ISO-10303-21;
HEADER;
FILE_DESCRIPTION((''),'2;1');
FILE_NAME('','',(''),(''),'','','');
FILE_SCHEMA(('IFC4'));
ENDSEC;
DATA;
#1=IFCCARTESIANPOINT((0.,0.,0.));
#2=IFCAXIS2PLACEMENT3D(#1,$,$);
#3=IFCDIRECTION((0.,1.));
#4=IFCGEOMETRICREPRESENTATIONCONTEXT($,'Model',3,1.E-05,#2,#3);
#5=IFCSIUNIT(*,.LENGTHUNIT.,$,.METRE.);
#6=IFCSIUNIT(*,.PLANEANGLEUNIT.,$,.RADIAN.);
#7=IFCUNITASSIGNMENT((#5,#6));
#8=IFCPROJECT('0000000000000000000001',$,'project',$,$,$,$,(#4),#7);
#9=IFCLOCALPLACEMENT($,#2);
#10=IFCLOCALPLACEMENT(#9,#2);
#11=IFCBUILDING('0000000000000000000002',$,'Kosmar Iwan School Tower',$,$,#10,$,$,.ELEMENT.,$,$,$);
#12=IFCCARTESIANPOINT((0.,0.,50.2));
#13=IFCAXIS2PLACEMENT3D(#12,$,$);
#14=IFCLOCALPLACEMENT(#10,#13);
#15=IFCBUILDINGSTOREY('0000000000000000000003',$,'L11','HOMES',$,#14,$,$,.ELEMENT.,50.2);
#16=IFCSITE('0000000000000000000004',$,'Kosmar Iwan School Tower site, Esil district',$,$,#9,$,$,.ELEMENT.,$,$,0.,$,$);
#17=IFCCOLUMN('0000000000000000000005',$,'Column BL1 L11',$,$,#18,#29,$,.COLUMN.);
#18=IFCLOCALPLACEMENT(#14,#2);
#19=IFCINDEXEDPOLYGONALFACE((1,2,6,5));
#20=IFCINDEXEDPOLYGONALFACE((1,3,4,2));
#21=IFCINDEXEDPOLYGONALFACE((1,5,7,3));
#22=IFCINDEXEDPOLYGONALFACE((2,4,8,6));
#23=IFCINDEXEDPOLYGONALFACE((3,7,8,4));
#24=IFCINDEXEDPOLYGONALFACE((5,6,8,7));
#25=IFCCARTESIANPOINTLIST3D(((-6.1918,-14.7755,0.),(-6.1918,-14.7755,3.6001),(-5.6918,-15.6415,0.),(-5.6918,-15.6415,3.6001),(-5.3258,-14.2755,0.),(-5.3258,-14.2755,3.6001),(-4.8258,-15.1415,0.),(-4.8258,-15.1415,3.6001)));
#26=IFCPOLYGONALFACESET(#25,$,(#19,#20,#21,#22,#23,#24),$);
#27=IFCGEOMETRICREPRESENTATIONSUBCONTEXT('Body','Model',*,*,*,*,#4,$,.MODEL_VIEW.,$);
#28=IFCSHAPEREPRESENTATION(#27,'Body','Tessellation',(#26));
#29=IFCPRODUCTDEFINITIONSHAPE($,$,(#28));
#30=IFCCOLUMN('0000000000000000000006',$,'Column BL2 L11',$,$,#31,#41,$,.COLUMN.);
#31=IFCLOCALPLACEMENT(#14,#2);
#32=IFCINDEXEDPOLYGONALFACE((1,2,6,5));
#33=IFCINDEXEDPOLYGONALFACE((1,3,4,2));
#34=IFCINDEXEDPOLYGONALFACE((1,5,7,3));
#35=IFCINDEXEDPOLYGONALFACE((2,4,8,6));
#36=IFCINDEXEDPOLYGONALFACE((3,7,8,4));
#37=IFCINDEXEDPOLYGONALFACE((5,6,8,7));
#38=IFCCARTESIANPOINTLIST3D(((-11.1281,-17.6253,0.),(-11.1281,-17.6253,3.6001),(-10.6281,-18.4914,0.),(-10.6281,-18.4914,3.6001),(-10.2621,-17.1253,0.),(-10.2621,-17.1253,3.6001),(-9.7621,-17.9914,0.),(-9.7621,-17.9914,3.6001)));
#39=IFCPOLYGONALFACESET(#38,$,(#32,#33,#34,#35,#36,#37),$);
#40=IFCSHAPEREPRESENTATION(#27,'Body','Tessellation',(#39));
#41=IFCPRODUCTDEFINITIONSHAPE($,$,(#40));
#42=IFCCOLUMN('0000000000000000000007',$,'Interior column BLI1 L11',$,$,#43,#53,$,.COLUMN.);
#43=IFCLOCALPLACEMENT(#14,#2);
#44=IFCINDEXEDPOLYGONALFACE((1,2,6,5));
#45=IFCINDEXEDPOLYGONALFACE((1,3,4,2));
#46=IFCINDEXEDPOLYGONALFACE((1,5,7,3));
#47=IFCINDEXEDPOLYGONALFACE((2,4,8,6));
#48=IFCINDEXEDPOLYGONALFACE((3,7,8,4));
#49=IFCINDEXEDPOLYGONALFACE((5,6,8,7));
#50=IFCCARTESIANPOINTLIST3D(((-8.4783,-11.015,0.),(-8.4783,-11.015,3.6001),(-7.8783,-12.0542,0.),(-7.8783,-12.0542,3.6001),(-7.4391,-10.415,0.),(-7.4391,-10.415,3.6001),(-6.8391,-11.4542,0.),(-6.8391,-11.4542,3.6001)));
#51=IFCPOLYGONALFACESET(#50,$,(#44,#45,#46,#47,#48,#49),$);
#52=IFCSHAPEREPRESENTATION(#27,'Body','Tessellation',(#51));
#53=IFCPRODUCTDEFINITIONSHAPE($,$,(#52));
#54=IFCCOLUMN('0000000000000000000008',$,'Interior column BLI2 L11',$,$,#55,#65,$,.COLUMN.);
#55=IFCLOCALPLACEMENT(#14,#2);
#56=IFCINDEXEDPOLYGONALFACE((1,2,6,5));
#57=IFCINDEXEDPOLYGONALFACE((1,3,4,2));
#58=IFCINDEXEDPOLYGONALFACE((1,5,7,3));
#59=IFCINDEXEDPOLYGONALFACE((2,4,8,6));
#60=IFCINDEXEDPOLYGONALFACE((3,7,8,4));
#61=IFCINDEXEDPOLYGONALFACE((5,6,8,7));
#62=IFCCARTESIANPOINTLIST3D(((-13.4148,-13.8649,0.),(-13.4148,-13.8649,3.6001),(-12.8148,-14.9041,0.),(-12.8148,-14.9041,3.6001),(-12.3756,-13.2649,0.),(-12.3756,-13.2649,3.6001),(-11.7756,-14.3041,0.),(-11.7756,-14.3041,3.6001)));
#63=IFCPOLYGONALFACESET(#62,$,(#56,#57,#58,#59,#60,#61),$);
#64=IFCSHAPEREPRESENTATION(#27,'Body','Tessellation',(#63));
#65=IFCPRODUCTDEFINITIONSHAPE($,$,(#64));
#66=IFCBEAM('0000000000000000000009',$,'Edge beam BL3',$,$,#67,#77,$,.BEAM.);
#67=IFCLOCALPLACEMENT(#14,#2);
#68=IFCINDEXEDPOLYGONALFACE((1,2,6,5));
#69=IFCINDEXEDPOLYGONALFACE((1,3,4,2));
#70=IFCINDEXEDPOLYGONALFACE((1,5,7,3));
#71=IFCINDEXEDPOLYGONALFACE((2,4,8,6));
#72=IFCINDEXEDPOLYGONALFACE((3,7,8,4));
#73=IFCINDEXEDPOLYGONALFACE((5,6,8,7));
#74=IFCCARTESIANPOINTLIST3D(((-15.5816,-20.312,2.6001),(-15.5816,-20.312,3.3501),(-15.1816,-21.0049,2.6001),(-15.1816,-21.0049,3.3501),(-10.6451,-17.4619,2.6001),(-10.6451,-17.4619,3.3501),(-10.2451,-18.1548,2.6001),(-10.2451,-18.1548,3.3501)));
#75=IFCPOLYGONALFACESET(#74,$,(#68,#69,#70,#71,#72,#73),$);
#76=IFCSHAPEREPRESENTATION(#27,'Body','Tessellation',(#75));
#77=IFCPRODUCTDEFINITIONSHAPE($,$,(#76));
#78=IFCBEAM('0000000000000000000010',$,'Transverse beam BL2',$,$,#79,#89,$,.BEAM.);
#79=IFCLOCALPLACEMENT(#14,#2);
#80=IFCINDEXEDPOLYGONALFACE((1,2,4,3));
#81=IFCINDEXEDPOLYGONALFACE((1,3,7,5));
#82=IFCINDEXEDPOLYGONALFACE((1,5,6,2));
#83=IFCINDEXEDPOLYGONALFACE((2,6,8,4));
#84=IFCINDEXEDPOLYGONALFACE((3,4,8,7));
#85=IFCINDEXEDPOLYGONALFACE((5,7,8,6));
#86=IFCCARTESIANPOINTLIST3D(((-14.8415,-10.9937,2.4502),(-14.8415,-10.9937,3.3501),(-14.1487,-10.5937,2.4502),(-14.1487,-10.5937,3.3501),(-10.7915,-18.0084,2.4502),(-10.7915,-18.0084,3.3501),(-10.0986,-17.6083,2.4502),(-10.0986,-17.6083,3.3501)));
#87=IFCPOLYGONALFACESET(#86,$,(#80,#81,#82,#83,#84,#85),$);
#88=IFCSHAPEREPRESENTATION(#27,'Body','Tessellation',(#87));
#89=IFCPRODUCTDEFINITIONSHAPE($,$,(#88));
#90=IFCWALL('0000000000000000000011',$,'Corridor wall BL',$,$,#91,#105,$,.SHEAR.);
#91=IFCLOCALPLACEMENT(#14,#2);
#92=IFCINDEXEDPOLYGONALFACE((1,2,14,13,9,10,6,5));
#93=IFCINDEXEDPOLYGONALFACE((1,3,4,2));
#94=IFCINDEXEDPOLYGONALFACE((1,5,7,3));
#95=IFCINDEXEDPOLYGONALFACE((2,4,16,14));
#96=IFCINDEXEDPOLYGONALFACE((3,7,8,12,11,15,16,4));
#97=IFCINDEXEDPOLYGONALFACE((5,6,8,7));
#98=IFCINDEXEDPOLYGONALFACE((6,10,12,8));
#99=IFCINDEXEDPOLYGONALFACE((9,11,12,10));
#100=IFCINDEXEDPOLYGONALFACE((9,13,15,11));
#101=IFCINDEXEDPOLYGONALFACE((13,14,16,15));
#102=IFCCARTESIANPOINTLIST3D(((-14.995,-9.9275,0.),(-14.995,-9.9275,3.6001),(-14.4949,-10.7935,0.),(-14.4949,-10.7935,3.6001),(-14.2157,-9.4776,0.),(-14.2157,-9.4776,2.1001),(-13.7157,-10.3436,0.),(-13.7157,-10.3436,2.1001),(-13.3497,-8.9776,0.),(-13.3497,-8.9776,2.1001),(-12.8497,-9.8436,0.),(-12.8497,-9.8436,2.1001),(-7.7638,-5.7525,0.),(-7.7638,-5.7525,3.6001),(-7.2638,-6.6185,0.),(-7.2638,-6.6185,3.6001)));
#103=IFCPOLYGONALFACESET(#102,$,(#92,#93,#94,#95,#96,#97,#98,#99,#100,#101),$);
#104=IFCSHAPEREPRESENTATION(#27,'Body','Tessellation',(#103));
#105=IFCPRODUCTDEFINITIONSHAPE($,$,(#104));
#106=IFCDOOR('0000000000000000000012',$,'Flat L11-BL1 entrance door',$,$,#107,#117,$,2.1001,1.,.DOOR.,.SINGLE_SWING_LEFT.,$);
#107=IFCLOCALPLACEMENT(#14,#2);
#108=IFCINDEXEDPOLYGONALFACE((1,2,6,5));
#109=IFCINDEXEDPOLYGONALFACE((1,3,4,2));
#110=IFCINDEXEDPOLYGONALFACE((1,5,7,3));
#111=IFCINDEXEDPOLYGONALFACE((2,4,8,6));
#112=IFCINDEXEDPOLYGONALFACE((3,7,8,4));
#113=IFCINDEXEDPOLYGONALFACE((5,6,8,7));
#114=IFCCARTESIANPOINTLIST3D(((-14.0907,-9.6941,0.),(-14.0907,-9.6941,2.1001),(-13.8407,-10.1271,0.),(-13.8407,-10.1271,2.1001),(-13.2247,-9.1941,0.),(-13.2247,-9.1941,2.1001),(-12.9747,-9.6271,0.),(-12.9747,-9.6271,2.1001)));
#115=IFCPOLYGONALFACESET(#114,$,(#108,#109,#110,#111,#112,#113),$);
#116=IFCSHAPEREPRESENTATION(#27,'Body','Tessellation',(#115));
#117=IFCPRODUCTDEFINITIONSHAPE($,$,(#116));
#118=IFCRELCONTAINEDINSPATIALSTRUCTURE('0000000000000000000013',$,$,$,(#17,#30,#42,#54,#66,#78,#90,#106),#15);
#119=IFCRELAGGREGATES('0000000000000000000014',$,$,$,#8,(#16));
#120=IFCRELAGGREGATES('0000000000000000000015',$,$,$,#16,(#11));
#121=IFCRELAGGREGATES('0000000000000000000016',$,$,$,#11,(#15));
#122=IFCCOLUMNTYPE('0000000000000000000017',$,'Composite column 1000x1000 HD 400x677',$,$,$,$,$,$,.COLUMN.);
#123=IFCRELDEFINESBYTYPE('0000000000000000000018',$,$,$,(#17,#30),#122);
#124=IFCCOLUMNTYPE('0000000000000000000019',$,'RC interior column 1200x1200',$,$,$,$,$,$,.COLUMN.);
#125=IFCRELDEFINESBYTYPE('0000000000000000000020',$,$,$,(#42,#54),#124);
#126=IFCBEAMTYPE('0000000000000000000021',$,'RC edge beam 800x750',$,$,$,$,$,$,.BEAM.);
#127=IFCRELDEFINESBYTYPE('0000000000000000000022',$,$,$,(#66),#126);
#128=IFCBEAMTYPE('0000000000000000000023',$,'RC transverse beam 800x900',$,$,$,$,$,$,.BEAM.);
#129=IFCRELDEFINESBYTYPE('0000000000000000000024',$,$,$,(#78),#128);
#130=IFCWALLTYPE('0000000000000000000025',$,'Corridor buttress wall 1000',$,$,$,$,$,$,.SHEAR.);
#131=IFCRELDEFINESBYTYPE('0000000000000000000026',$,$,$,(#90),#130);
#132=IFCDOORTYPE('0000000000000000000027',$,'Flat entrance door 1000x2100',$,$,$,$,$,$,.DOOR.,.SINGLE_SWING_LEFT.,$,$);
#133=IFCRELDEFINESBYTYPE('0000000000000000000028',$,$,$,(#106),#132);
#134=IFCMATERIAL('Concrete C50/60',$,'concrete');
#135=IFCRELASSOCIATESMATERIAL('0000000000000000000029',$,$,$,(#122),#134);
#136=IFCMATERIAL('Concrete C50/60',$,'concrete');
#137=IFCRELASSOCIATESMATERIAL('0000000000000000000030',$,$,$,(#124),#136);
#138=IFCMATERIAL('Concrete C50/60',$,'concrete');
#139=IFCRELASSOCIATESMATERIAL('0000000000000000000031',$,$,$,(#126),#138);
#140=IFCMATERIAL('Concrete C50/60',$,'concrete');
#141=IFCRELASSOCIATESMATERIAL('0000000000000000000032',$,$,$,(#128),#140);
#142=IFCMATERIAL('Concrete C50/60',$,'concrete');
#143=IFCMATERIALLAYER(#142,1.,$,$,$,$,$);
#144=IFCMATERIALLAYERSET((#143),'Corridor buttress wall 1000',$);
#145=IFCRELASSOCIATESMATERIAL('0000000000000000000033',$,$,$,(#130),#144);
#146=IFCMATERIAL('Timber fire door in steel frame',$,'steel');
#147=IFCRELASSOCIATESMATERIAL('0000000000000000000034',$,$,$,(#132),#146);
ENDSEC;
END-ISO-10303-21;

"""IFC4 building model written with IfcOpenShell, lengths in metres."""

from ifc_helpers import new_model, si_unit, direction, frame, frame_2d, origin, origin_2d, place, context, subcontext, project, spatial, rectangle, extrude, material, layer, layer_set, material_profile, profile_set, type_object, element, fill, save


model = new_model("IFC4")

# Units and contexts
model_context = context("Model", 3, precision=1e-05, world=origin(), true_north=direction((0.0, 1.0)))
body_context = subcontext(model_context, "Body", "Model", "MODEL_VIEW")
ifc_project = project(units=[si_unit("LENGTHUNIT", "METRE"), si_unit("PLANEANGLEUNIT", "RADIAN")], contexts=[model_context])

# Site, building, storey
site_placement = place(None, origin())
site = spatial("IfcSite", under=ifc_project, at=site_placement, Name="Kosmar Iwan School Tower site, Esil district", CompositionType="ELEMENT", RefElevation=0.0)
building_placement = place(site_placement, origin())
building = spatial("IfcBuilding", under=site, at=building_placement, Name="Kosmar Iwan School Tower", CompositionType="ELEMENT")
storey_placement = place(building_placement, frame((0.0, 0.0, 50.2)))
storey = spatial("IfcBuildingStorey", under=building, at=storey_placement, Name="L11", Description="HOMES", CompositionType="ELEMENT", Elevation=50.2)

# Columns
ifc_material_1 = material(Name="Concrete C50/60", Category="concrete")
ifc_material_profile_1 = material_profile(ifc_material_1, rectangle(XDim=1.0, YDim=1.0, at=origin_2d()), Name="RC 1000x1000 + HD 400x677")
ifc_profile_set_1 = profile_set([ifc_material_profile_1], Name="Concrete C50/60")
column_type_1 = type_object("IfcColumnType", Name="Composite column 1000x1000 HD 400x677", PredefinedType="COLUMN", material=ifc_profile_set_1)
for number, where, z_axis, x_axis, name in (
    (1, (-5.5088, -14.9585, 0.0), (0.0, 0.0, 1.0), (-0.866025, -0.5, 0.0), "Column BL1 L11"),
    (2, (-10.4451, -17.8083, 0.0), (0.0, 0.0, 1.0), (-0.866025, -0.5, 0.0), "Column BL2 L11"),
):
    element("IfcColumn", number, at=place(storey_placement, frame(where, z_axis=z_axis, x_axis=x_axis)), inside=storey, type_object=column_type_1, Name=name, PredefinedType="COLUMN", context=body_context, shape_type="SweptSolid", body=[
        extrude(rectangle(XDim=1.0, YDim=1.0, at=origin_2d()), origin(), (0.0, 0.0, 1.0), 3.6001),
    ])
ifc_material_2 = material(Name="Concrete C50/60", Category="concrete")
ifc_material_profile_2 = material_profile(ifc_material_2, rectangle(XDim=1.2, YDim=1.2, at=origin_2d()), Name="RC 1200x1200")
ifc_profile_set_2 = profile_set([ifc_material_profile_2], Name="Concrete C50/60")
column_type_2 = type_object("IfcColumnType", Name="RC interior column 1200x1200", PredefinedType="COLUMN", material=ifc_profile_set_2)
for number, where, z_axis, x_axis, name in (
    (3, (-7.6587, -11.2346, 0.0), (0.0, 0.0, 1.0), (-0.866025, -0.5, 0.0), "Interior column BLI1 L11"),
    (4, (-12.5952, -14.0845, 0.0), (0.0, 0.0, 1.0), (-0.866025, -0.5, 0.0), "Interior column BLI2 L11"),
):
    element("IfcColumn", number, at=place(storey_placement, frame(where, z_axis=z_axis, x_axis=x_axis)), inside=storey, type_object=column_type_2, Name=name, PredefinedType="COLUMN", context=body_context, shape_type="SweptSolid", body=[
        extrude(rectangle(XDim=1.2, YDim=1.2, at=origin_2d()), origin(), (0.0, 0.0, 1.0), 3.6001),
    ])

# Beams
ifc_material_3 = material(Name="Concrete C50/60", Category="concrete")
ifc_material_profile_3 = material_profile(ifc_material_3, rectangle(XDim=0.8, YDim=0.75, at=origin_2d()), Name="RC 800x750")
ifc_profile_set_3 = profile_set([ifc_material_profile_3], Name="Concrete C50/60")
beam_type_1 = type_object("IfcBeamType", Name="RC edge beam 800x750", PredefinedType="BEAM", material=ifc_profile_set_3)
beam_1_placement = place(storey_placement, frame((-10.4451, -17.8083, 2.9751), z_axis=(-0.866026, -0.499999, 0.0), x_axis=(0.499999, -0.866026, 0.0)))
element("IfcBeam", 5, at=beam_1_placement, inside=storey, type_object=beam_type_1, Name="Edge beam BL3", PredefinedType="BEAM", context=body_context, shape_type="SweptSolid", body=[
    extrude(rectangle(XDim=0.8, YDim=0.75, at=origin_2d()), origin(), (0.0, 0.0, 1.0), 5.7002),
])
ifc_material_4 = material(Name="Concrete C50/60", Category="concrete")
ifc_material_profile_4 = material_profile(ifc_material_4, rectangle(XDim=0.8, YDim=0.8999, at=origin_2d()), Name="RC 800x900")
ifc_profile_set_4 = profile_set([ifc_material_profile_4], Name="Concrete C50/60")
beam_type_2 = type_object("IfcBeamType", Name="RC transverse beam 800x900", PredefinedType="BEAM", material=ifc_profile_set_4)
beam_2_placement = place(storey_placement, frame((-10.4451, -17.8083, 2.9001), z_axis=(-0.500013, 0.866018, 0.0), x_axis=(-0.866018, -0.500013, 0.0)))
element("IfcBeam", 6, at=beam_2_placement, inside=storey, type_object=beam_type_2, Name="Transverse beam BL2", PredefinedType="BEAM", context=body_context, shape_type="SweptSolid", body=[
    extrude(rectangle(XDim=0.8, YDim=0.8999, at=origin_2d()), origin(), (0.0, 0.0, 1.0), 8.0999),
])

# Wall, opening, door
ifc_material_5 = material(Name="Concrete C50/60", Category="concrete")
ifc_layer_1 = layer(ifc_material_5, 1.0)
ifc_layer_set_1 = layer_set([ifc_layer_1], Name="Corridor buttress wall 1000")
wall_type_1 = type_object("IfcWallType", Name="Corridor buttress wall 1000", PredefinedType="SHEAR", material=ifc_layer_set_1)
wall_1_placement = place(storey_placement, frame((-7.5139, -6.1855, 0.0), z_axis=(0.0, 0.0, 1.0), x_axis=(-0.86602, -0.50001, 0.0)))
wall_1 = element("IfcWall", 7, at=wall_1_placement, inside=storey, type_object=wall_type_1, Name="Corridor wall BL", PredefinedType="SHEAR", context=body_context, shape_type="SweptSolid", body=[
    extrude(rectangle(XDim=8.3499, YDim=1.0, at=frame_2d((4.1748, 0.0))), origin(), (0.0, 0.0, 1.0), 3.6001),
])
opening_1_placement = place(wall_1_placement, frame((6.45, 0.0, 0.0)))
opening_1 = element("IfcOpeningElement", 8, at=opening_1_placement, cuts=wall_1, PredefinedType="OPENING", context=body_context, shape_type="SweptSolid", body=[
    extrude(rectangle(XDim=1.0, YDim=2.1001, at=frame_2d((0.5, 1.05))), frame((0.0, 0.512, 0.0), z_axis=(0.0, -1.0, 0.0), x_axis=(1.0, 0.0, 0.0)), (0.0, 0.0, 1.0), 1.0239),
])
ifc_material_6 = material(Name="Timber fire door in steel frame", Category="steel")
door_type_1 = type_object("IfcDoorType", Name="Flat entrance door 1000x2100", OperationType="SINGLE_SWING_LEFT", PredefinedType="DOOR", material=ifc_material_6)
door_1_placement = place(opening_1_placement, origin())
door_1 = element("IfcDoor", 9, at=door_1_placement, inside=storey, type_object=door_type_1, Name="Flat L11-BL1 entrance door", OperationType="SINGLE_SWING_LEFT", OverallHeight=2.1001, OverallWidth=1.0, PredefinedType="DOOR", context=body_context, shape_type="SweptSolid", body=[
    extrude(rectangle(XDim=1.0, YDim=2.1001, at=frame_2d((0.5, 1.05))), frame((0.0, 0.25, 0.0), z_axis=(0.0, -1.0, 0.0), x_axis=(1.0, 0.0, 0.0)), (0.0, 0.0, 1.0), 0.5),
])
fill(opening_1, door_1)

save(model, "model.ifc")
